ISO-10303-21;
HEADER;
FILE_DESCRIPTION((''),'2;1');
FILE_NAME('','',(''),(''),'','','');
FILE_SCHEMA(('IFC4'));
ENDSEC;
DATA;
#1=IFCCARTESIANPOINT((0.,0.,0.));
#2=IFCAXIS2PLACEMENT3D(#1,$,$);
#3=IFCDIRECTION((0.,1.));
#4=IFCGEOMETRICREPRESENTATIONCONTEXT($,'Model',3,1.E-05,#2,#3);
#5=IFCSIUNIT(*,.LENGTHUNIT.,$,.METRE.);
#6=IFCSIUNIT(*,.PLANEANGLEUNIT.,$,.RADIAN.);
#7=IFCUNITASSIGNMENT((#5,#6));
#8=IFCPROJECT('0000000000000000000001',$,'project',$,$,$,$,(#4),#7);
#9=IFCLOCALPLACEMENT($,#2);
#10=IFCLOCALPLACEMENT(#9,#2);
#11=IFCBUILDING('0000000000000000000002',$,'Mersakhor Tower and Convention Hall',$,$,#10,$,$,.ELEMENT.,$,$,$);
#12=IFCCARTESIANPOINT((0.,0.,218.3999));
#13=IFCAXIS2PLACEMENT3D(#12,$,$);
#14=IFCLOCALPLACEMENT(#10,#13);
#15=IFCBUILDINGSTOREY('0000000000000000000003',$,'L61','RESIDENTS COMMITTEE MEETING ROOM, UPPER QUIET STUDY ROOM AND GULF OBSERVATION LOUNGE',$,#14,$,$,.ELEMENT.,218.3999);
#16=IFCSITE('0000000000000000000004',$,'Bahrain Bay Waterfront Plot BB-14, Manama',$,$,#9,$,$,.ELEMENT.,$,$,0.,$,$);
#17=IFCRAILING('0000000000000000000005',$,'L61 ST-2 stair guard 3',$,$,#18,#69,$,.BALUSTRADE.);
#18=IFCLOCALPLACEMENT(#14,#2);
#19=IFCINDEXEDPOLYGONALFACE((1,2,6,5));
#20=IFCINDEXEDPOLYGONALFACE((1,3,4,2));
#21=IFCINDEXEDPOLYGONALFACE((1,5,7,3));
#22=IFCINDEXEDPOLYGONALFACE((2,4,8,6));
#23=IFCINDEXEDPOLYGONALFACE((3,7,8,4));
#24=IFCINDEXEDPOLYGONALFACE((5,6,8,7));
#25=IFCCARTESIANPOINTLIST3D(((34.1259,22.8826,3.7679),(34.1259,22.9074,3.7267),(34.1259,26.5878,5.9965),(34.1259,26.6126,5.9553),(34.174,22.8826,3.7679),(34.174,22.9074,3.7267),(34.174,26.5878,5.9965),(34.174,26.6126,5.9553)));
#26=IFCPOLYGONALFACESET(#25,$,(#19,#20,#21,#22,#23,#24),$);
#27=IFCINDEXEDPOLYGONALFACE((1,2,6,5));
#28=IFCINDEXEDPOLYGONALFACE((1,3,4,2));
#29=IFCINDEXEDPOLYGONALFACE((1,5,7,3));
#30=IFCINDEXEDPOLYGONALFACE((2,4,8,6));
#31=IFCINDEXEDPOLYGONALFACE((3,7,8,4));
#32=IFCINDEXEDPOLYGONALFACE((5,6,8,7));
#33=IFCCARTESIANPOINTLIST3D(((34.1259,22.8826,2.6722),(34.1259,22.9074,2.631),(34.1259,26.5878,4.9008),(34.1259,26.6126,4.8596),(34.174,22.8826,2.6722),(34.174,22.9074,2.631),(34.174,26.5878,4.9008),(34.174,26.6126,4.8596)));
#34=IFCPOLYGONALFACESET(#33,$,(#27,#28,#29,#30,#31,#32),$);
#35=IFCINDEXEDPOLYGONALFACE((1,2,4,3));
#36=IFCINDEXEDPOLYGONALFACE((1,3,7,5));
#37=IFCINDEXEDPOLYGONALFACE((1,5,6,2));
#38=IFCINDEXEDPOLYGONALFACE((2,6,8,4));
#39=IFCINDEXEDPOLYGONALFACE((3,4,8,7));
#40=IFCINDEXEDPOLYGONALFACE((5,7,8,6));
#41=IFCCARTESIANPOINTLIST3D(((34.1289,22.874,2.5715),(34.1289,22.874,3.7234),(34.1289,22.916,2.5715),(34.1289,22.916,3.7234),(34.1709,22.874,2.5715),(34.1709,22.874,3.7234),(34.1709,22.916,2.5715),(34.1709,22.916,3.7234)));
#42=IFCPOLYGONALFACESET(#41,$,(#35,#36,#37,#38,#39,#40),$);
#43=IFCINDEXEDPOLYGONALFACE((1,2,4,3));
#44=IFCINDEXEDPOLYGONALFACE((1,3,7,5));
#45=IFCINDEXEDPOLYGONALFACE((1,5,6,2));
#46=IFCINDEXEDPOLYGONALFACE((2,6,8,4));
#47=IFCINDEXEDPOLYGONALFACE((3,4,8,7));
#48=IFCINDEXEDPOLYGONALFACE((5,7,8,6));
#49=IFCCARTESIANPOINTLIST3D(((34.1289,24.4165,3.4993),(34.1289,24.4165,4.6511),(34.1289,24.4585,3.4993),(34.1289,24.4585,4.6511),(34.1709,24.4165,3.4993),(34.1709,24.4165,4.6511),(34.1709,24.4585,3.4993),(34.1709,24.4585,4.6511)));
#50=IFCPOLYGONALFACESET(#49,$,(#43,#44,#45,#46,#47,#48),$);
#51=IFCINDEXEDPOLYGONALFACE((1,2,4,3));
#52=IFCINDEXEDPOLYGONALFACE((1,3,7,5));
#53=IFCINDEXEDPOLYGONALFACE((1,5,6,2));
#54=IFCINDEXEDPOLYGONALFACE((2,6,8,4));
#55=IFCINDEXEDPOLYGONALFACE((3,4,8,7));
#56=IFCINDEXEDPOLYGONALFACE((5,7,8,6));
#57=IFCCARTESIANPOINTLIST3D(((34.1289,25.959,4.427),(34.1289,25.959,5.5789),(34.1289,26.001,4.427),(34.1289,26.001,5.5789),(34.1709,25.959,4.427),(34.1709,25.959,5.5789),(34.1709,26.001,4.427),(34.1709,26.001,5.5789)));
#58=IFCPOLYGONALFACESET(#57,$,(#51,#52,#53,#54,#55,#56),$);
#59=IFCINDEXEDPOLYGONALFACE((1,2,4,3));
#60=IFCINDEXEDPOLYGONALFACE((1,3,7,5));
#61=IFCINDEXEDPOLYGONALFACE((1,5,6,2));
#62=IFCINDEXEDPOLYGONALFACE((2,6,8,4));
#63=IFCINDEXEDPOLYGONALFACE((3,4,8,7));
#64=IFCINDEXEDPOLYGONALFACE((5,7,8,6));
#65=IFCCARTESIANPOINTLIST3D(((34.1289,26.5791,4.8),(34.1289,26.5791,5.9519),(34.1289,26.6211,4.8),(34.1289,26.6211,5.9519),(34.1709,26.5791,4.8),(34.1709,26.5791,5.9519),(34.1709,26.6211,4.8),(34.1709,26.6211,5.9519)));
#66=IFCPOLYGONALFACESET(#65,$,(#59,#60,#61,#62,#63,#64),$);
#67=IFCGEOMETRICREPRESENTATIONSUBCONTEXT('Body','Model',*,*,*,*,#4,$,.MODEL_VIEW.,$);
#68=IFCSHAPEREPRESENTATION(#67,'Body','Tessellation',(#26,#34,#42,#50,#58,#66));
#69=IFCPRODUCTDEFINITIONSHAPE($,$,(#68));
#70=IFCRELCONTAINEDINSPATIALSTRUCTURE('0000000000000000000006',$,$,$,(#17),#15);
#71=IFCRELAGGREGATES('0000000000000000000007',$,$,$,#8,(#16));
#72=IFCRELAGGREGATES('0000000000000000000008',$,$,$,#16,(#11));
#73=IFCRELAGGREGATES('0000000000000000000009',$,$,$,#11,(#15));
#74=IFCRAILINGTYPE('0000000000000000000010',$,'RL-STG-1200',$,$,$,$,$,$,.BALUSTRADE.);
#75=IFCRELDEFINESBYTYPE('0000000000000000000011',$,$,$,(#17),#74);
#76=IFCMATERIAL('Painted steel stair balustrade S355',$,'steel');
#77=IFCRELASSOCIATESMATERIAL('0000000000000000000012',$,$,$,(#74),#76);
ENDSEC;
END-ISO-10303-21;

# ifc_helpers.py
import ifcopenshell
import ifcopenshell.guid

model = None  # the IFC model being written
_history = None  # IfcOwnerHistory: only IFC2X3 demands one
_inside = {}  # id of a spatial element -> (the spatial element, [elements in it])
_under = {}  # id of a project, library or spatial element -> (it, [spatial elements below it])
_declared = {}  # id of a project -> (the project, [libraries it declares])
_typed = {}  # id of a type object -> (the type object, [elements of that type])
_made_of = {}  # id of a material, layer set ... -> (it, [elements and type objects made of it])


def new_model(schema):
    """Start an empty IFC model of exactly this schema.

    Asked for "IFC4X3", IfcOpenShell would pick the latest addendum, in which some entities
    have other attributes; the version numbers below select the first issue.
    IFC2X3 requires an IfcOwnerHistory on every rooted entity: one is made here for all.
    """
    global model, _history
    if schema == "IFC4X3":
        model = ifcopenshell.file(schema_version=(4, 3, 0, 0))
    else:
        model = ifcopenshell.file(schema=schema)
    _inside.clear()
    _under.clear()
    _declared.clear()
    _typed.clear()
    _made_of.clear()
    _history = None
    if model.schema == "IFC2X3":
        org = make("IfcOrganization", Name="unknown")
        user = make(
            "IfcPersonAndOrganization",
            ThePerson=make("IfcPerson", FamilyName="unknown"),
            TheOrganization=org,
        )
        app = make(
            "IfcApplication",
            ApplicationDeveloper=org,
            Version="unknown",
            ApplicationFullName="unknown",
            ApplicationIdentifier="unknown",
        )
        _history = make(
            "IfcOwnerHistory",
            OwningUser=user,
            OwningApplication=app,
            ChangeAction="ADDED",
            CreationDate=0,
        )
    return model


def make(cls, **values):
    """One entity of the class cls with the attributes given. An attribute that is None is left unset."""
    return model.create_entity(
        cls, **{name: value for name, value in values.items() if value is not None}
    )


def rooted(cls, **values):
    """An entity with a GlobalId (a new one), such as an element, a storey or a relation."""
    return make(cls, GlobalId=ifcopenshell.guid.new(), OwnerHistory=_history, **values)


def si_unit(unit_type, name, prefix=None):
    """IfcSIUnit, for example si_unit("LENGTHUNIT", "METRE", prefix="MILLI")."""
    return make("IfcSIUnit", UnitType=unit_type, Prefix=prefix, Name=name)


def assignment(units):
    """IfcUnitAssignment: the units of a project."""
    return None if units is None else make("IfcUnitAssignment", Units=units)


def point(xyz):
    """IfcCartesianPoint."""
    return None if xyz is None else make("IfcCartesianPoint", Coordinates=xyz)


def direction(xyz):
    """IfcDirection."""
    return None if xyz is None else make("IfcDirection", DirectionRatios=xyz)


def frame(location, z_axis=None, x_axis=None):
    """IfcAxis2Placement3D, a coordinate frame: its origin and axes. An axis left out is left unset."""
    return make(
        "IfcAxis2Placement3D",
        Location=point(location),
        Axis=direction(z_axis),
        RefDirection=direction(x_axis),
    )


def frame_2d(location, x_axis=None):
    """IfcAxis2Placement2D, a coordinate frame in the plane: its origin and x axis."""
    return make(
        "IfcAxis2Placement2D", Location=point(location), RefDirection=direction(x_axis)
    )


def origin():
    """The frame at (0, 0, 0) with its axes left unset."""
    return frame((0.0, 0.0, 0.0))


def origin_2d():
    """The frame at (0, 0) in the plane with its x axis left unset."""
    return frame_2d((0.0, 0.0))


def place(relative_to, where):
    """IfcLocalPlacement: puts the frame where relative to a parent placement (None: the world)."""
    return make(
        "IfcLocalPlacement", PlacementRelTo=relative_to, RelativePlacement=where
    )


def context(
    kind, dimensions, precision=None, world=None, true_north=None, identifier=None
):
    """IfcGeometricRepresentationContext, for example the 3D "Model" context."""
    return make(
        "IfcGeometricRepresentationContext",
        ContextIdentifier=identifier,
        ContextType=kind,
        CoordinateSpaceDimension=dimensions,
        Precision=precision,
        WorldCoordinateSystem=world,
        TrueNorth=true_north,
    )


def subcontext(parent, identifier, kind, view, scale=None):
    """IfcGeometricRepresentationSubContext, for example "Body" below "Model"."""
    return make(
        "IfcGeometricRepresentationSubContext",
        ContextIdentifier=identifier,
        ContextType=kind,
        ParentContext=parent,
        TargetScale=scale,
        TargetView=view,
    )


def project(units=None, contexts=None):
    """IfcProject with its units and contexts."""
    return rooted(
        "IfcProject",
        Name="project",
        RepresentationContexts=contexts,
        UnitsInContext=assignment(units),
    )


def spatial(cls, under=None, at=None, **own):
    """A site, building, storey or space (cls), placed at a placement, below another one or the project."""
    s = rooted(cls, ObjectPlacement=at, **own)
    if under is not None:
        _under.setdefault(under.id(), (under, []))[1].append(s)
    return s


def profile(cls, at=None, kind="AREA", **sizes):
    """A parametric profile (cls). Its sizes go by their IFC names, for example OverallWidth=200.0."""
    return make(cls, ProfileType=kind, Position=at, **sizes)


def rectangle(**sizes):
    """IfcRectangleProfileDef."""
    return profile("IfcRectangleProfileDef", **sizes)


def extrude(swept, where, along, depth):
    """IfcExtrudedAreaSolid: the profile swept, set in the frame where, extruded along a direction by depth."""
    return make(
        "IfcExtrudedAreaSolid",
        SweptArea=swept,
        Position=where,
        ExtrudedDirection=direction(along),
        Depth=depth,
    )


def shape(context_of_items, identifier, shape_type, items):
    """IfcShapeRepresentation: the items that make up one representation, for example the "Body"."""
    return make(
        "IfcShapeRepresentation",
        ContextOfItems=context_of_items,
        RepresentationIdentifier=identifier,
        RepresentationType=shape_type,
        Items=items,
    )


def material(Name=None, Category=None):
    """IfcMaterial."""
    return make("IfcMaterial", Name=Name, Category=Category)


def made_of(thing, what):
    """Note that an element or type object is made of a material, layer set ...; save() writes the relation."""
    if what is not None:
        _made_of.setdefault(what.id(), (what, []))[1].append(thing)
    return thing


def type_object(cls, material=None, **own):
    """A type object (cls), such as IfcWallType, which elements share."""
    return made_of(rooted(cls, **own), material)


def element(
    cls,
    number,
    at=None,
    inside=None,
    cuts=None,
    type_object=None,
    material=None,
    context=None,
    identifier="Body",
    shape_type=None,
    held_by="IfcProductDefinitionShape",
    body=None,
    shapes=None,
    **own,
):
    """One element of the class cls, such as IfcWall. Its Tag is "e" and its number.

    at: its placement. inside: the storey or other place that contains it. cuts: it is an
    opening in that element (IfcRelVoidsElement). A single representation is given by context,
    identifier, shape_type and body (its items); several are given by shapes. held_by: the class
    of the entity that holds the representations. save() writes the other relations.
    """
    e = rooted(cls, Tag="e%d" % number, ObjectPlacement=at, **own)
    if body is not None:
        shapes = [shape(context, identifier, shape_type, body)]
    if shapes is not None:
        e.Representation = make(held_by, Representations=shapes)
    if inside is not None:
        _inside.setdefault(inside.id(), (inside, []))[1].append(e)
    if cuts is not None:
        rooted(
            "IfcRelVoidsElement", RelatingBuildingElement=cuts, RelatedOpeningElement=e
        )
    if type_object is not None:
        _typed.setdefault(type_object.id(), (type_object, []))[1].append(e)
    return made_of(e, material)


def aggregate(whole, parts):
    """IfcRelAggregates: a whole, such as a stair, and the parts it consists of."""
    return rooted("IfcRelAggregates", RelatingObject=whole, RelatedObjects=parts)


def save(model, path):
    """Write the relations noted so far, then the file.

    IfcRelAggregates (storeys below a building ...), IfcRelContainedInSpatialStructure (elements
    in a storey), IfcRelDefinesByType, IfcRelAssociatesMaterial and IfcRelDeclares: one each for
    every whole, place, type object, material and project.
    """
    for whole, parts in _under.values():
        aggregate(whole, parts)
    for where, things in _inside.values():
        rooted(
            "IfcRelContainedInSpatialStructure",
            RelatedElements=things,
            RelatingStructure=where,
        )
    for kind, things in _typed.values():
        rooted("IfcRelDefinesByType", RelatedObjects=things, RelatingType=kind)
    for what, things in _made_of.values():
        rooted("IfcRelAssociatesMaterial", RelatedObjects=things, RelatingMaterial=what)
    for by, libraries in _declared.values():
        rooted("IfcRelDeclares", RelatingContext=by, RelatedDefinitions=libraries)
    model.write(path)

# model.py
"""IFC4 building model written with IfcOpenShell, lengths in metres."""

from ifc_helpers import new_model, si_unit, direction, frame, origin, origin_2d, place, context, subcontext, project, spatial, rectangle, extrude, material, type_object, element, save


model = new_model("IFC4")

# Units and contexts
model_context = context("Model", 3, precision=1e-05, world=origin(), true_north=direction((0.0, 1.0)))
body_context = subcontext(model_context, "Body", "Model", "MODEL_VIEW")
ifc_project = project(units=[si_unit("LENGTHUNIT", "METRE"), si_unit("PLANEANGLEUNIT", "RADIAN")], contexts=[model_context])

# Site, building, storey
site_placement = place(None, origin())
site = spatial("IfcSite", under=ifc_project, at=site_placement, Name="Bahrain Bay Waterfront Plot BB-14, Manama", CompositionType="ELEMENT", RefElevation=0.0)
building_placement = place(site_placement, origin())
building = spatial("IfcBuilding", under=site, at=building_placement, Name="Mersakhor Tower and Convention Hall", CompositionType="ELEMENT")
storey_placement = place(building_placement, frame((0.0, 0.0, 218.3999)))
storey = spatial("IfcBuildingStorey", under=building, at=storey_placement, Name="L61", Description="RESIDENTS COMMITTEE MEETING ROOM, UPPER QUIET STUDY ROOM AND GULF OBSERVATION LOUNGE", CompositionType="ELEMENT", Elevation=218.3999)

# Railing
ifc_material_1 = material(Name="Painted steel stair balustrade S355", Category="steel")
railing_type = type_object("IfcRailingType", Name="RL-STG-1200", PredefinedType="BALUSTRADE", material=ifc_material_1)
railing_1_placement = place(storey_placement, frame((34.1499, 22.895, 2.5715)))
element("IfcRailing", 1, at=railing_1_placement, inside=storey, type_object=railing_type, Name="L61 ST-2 stair guard 3", PredefinedType="BALUSTRADE", context=body_context, shape_type="SweptSolid", body=[
    extrude(rectangle(XDim=0.0481, YDim=0.0481, at=origin_2d()), frame((0.0, 0.0, 1.1758), z_axis=(0.0, 0.856934, 0.515425), x_axis=(-1.0, 0.0, 0.0)), (0.0, 0.0, 1.0), 4.3237),
    extrude(rectangle(XDim=0.0481, YDim=0.0481, at=origin_2d()), frame((0.0, 0.0, 0.0801), z_axis=(0.0, 0.856934, 0.515425), x_axis=(-1.0, 0.0, 0.0)), (0.0, 0.0, 1.0), 4.3237),
    extrude(rectangle(XDim=0.042, YDim=0.042, at=origin_2d()), origin(), (0.0, 0.0, 1.0), 1.1519),
    extrude(rectangle(XDim=0.042, YDim=0.042, at=origin_2d()), frame((0.0, 1.5425, 0.9277)), (0.0, 0.0, 1.0), 1.1519),
    extrude(rectangle(XDim=0.042, YDim=0.042, at=origin_2d()), frame((0.0, 3.085, 1.8555)), (0.0, 0.0, 1.0), 1.1519),
    extrude(rectangle(XDim=0.042, YDim=0.042, at=origin_2d()), frame((0.0, 3.7051, 2.2285)), (0.0, 0.0, 1.0), 1.1519),
])

save(model, "model.ifc")
